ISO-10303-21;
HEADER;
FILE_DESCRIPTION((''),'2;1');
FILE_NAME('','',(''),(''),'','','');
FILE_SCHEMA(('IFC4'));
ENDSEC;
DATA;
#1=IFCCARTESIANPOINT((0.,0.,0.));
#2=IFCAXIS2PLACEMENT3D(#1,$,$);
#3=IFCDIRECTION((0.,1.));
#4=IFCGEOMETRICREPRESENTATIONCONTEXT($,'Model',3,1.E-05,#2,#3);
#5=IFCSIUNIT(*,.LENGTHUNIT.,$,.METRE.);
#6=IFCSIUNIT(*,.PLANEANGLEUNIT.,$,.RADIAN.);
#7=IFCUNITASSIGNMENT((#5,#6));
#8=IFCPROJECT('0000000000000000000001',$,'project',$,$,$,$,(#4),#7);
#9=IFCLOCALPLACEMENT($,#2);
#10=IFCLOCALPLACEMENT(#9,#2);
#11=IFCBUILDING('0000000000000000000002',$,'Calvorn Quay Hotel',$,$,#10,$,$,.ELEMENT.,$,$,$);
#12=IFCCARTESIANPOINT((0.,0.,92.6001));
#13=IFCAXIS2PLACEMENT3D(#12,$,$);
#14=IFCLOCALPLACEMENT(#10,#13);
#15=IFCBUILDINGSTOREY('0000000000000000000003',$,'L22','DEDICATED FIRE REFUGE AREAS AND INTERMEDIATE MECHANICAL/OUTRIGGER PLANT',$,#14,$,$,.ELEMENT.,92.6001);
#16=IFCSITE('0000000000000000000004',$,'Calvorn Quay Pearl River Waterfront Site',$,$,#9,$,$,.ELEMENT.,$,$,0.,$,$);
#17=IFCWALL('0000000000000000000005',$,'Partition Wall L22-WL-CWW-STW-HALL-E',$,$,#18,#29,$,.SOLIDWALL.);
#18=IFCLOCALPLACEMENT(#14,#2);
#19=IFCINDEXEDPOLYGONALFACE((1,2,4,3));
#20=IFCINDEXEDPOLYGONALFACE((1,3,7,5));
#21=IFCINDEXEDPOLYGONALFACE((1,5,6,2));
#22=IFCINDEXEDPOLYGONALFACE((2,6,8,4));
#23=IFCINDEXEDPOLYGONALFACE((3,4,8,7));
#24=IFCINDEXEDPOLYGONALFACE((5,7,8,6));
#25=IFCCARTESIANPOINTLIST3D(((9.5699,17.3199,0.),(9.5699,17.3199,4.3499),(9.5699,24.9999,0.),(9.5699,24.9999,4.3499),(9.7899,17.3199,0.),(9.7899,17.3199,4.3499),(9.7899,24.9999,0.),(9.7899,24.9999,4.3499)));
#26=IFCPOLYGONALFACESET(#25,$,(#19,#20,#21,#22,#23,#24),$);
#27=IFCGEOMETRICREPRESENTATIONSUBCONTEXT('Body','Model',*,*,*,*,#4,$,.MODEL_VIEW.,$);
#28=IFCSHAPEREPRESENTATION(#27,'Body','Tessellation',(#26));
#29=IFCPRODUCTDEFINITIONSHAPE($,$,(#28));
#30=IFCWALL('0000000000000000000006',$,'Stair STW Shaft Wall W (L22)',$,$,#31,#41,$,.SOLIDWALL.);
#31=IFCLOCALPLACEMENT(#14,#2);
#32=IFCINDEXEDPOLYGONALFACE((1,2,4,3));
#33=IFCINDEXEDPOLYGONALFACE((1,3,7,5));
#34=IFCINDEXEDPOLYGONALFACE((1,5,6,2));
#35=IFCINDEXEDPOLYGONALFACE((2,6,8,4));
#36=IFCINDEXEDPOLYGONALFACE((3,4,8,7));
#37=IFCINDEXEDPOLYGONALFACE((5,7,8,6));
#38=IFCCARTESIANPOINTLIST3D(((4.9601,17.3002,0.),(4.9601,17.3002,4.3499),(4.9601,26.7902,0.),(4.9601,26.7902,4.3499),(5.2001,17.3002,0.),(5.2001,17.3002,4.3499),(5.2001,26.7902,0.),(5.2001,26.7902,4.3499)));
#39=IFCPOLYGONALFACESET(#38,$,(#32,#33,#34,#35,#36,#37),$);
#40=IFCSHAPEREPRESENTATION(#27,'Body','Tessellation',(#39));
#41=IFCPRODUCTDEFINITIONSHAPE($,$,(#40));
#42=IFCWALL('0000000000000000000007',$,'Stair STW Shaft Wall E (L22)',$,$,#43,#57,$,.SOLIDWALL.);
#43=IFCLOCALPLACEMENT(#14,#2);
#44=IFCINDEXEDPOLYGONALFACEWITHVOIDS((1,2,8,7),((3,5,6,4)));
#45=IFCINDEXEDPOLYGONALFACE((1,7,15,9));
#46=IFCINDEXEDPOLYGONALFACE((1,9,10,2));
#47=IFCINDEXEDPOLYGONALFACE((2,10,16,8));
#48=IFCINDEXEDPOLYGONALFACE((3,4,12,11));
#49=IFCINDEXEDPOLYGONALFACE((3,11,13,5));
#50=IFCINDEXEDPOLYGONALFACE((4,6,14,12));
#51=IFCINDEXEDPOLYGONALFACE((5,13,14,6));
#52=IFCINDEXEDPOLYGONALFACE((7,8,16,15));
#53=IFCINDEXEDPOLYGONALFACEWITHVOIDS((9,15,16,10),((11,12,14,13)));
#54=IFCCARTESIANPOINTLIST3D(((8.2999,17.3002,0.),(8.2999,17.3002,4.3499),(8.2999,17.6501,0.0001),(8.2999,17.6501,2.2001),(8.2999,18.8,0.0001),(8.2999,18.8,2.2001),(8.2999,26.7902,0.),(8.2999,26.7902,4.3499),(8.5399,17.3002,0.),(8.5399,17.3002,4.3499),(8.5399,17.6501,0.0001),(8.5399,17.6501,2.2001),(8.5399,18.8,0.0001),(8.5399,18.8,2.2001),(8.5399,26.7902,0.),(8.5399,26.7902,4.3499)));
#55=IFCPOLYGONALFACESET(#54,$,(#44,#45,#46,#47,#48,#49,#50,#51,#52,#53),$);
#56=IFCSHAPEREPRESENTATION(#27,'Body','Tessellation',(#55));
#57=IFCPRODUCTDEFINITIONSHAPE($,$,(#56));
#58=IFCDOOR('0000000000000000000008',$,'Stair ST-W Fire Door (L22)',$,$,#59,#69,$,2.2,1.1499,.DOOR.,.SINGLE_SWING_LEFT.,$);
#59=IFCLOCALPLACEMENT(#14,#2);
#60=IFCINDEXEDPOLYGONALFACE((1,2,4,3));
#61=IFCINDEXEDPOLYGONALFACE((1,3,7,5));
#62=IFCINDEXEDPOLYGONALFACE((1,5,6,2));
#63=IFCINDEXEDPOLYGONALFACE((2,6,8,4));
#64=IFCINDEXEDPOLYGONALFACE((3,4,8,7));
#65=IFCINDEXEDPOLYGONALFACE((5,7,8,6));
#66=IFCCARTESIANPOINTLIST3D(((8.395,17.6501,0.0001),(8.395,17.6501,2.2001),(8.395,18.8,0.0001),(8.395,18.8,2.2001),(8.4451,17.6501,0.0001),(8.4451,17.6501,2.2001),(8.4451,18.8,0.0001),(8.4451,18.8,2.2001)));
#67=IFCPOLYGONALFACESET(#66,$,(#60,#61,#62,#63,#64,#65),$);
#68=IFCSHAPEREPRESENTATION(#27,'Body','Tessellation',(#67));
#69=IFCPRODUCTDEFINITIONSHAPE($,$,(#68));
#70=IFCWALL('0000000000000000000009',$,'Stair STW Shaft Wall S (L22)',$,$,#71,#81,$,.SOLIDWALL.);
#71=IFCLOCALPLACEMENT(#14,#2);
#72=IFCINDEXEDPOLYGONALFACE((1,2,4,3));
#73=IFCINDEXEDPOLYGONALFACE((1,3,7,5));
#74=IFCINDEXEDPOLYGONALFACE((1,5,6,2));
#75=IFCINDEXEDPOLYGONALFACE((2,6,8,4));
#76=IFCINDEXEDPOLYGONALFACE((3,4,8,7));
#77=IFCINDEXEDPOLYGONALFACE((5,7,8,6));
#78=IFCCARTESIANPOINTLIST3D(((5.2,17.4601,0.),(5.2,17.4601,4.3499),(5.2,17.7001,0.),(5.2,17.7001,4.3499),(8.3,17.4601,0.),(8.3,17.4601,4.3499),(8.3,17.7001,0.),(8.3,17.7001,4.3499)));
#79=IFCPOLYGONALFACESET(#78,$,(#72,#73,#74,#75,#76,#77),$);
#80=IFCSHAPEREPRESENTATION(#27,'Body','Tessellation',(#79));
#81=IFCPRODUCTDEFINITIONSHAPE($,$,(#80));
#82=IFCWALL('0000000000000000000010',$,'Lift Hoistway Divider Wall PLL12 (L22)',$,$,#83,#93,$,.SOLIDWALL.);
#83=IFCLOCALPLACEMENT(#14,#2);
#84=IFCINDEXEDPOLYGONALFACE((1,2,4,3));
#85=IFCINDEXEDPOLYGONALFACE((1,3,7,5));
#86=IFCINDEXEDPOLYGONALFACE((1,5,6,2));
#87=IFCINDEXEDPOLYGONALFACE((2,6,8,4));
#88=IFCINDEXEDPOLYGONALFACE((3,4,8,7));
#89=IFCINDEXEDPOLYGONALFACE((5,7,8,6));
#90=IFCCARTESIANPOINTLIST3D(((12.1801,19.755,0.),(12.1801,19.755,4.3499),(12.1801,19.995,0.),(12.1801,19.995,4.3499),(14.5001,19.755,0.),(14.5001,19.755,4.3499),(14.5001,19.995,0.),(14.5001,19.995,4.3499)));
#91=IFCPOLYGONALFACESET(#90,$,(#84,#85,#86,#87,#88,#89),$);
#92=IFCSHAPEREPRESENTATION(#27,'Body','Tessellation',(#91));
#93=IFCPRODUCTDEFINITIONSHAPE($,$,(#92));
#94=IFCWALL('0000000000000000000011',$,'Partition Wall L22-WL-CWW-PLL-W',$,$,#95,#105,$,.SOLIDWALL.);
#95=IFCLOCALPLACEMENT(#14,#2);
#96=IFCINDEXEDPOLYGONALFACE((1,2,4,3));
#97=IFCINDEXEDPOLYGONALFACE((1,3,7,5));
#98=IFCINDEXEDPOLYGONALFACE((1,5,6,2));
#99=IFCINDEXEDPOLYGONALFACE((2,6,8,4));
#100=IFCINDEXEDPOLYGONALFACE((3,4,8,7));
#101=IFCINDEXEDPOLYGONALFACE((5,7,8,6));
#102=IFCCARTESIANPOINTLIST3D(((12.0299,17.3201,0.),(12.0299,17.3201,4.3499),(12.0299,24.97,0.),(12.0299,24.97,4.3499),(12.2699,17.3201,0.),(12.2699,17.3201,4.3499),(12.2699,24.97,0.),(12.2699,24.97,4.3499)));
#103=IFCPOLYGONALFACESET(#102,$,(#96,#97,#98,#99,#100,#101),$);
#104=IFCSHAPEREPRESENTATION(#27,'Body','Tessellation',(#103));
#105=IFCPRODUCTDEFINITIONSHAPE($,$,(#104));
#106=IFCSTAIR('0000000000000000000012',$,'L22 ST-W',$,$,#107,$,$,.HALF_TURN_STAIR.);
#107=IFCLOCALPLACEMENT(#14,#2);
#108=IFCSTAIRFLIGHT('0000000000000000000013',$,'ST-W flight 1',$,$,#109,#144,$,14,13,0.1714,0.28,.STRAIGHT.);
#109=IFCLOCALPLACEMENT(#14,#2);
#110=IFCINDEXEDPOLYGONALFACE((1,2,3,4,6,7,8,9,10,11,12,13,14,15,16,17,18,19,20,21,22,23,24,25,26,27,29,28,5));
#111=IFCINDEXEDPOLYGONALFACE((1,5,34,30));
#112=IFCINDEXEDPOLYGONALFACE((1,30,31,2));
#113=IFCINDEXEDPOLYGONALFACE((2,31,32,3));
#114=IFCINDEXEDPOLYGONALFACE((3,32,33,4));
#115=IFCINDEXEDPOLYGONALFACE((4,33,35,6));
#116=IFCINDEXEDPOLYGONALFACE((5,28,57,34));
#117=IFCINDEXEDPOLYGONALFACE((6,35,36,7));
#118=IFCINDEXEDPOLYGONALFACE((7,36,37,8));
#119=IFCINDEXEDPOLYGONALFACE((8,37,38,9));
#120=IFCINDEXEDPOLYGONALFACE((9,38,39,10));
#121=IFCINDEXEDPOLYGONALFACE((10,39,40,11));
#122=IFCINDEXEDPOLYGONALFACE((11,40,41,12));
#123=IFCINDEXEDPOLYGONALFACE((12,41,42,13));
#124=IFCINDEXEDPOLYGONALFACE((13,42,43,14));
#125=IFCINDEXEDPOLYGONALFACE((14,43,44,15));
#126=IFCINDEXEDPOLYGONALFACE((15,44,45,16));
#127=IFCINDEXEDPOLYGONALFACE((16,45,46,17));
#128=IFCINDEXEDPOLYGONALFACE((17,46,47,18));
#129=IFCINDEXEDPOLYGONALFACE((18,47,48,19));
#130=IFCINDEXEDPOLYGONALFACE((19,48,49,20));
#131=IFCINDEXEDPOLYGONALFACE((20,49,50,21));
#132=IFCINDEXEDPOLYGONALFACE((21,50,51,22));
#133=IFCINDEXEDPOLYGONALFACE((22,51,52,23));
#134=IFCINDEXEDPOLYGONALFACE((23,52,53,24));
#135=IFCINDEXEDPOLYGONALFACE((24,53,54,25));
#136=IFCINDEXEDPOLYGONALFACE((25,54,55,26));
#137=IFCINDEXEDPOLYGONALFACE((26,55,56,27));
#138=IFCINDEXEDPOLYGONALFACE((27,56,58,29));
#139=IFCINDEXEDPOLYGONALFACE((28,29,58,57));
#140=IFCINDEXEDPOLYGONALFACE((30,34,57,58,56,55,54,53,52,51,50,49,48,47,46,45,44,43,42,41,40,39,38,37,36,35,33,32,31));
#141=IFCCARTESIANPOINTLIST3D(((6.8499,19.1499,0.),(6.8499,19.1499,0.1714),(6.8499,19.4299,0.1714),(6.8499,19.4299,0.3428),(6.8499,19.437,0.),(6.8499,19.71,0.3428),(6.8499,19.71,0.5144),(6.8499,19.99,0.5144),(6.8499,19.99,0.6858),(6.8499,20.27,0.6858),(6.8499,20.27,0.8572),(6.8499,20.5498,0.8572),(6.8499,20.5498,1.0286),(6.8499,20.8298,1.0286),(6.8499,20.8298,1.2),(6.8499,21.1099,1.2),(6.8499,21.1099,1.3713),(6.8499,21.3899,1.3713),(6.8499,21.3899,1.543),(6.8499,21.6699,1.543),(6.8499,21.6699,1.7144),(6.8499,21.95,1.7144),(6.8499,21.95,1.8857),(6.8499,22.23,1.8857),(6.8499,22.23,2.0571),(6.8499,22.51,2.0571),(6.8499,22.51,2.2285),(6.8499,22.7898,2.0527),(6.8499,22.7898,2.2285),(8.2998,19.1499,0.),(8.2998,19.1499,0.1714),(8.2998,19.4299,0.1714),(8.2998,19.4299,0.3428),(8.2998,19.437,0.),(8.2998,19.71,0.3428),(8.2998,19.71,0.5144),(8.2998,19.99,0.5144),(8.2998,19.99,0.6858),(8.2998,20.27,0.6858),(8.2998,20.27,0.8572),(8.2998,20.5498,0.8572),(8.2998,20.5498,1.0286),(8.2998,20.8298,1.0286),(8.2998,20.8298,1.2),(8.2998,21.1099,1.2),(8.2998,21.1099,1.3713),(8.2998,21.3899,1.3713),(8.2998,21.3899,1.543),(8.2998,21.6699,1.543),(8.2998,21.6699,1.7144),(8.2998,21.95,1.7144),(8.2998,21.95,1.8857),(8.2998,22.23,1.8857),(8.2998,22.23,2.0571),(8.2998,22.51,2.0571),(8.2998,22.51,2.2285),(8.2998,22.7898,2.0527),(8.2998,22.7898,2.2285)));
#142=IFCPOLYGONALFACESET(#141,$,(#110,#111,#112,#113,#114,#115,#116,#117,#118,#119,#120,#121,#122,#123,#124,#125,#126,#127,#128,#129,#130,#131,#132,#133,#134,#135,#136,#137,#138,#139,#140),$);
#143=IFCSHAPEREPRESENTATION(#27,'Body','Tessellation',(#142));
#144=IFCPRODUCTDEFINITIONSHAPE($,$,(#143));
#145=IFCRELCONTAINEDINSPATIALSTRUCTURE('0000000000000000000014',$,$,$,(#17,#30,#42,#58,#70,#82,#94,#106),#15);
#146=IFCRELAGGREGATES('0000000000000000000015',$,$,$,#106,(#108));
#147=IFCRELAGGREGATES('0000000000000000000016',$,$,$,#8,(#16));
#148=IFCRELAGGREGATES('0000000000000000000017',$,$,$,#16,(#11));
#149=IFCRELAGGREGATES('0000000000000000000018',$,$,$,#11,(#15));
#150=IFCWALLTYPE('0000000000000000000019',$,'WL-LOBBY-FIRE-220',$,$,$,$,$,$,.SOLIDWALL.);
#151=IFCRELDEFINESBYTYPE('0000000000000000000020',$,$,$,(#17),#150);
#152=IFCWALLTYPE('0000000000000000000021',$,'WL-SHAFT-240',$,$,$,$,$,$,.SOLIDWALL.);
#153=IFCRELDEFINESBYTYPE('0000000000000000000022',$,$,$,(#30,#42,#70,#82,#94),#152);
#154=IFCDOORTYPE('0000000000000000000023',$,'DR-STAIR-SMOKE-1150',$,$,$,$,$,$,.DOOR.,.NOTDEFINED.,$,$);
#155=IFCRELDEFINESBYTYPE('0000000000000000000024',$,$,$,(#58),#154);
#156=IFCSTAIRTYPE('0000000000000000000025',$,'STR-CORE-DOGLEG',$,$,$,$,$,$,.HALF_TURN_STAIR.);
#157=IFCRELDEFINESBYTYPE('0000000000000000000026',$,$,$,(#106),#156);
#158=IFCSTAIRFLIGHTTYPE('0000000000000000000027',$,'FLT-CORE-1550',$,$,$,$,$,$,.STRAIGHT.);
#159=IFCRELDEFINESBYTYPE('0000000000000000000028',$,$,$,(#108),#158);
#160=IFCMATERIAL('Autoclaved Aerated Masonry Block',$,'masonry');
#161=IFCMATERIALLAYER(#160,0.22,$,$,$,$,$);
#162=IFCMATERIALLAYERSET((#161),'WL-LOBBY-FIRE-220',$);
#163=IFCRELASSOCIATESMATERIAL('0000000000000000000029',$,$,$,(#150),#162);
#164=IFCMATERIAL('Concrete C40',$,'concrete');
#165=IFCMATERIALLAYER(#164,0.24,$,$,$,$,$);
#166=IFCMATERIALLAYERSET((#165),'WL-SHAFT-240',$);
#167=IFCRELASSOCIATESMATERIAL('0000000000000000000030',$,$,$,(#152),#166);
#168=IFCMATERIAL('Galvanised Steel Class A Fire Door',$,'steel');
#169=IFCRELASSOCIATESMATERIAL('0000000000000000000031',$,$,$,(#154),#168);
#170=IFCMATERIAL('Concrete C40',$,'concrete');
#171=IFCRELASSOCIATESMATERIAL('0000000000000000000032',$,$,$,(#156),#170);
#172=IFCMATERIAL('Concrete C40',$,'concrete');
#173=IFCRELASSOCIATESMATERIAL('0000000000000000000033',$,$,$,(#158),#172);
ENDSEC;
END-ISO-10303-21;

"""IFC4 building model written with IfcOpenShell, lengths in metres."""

from ifc_helpers import new_model, si_unit, direction, frame, frame_2d, origin, place, context, subcontext, project, spatial, polyline, rectangle, outline, extrude, material, layer, layer_set, type_object, element, fill, aggregate, save


model = new_model("IFC4")

# Units and contexts
model_context = context("Model", 3, precision=1e-05, world=origin(), true_north=direction((0.0, 1.0)))
body_context = subcontext(model_context, "Body", "Model", "MODEL_VIEW")
ifc_project = project(units=[si_unit("LENGTHUNIT", "METRE"), si_unit("PLANEANGLEUNIT", "RADIAN")], contexts=[model_context])

# Site, building, storey
site_placement = place(None, origin())
site = spatial("IfcSite", under=ifc_project, at=site_placement, Name="Calvorn Quay Pearl River Waterfront Site", CompositionType="ELEMENT", RefElevation=0.0)
building_placement = place(site_placement, origin())
building = spatial("IfcBuilding", under=site, at=building_placement, Name="Calvorn Quay Hotel", CompositionType="ELEMENT")
storey_placement = place(building_placement, frame((0.0, 0.0, 92.6001)))
storey = spatial("IfcBuildingStorey", under=building, at=storey_placement, Name="L22", Description="DEDICATED FIRE REFUGE AREAS AND INTERMEDIATE MECHANICAL/OUTRIGGER PLANT", CompositionType="ELEMENT", Elevation=92.6001)

# Walls
ifc_material_1 = material(Name="Autoclaved Aerated Masonry Block", Category="masonry")
ifc_layer_1 = layer(ifc_material_1, 0.22)
ifc_layer_set_1 = layer_set([ifc_layer_1], Name="WL-LOBBY-FIRE-220")
wall_type_1 = type_object("IfcWallType", Name="WL-LOBBY-FIRE-220", PredefinedType="SOLIDWALL", material=ifc_layer_set_1)
wall_1_placement = place(storey_placement, frame((9.6799, 17.3201, 0.0), z_axis=(0.0, 0.0, 1.0), x_axis=(0.0, 1.0, 0.0)))
element("IfcWall", 1, at=wall_1_placement, inside=storey, type_object=wall_type_1, Name="Partition Wall L22-WL-CWW-STW-HALL-E", PredefinedType="SOLIDWALL", context=body_context, shape_type="SweptSolid", body=[
    extrude(rectangle(XDim=7.6799, YDim=0.22, at=frame_2d((3.8398, 0.0))), origin(), (0.0, 0.0, 1.0), 4.3499),
])
ifc_material_2 = material(Name="Concrete C40", Category="concrete")
ifc_layer_2 = layer(ifc_material_2, 0.24)
ifc_layer_set_2 = layer_set([ifc_layer_2], Name="WL-SHAFT-240")
wall_type_2 = type_object("IfcWallType", Name="WL-SHAFT-240", PredefinedType="SOLIDWALL", material=ifc_layer_set_2)
wall_2_placement = place(storey_placement, frame((5.0801, 17.3, 0.0), z_axis=(0.0, 0.0, 1.0), x_axis=(0.0, 1.0, 0.0)))
element("IfcWall", 2, at=wall_2_placement, inside=storey, type_object=wall_type_2, Name="Stair STW Shaft Wall W (L22)", PredefinedType="SOLIDWALL", context=body_context, shape_type="SweptSolid", body=[
    extrude(rectangle(XDim=9.49, YDim=0.24, at=frame_2d((4.7451, 0.0))), origin(), (0.0, 0.0, 1.0), 4.3499),
])

# Wall, opening, door
wall_3_placement = place(storey_placement, frame((8.4199, 17.3, 0.0), z_axis=(0.0, 0.0, 1.0), x_axis=(0.0, 1.0, 0.0)))
wall_3 = element("IfcWall", 3, at=wall_3_placement, inside=storey, type_object=wall_type_2, Name="Stair STW Shaft Wall E (L22)", PredefinedType="SOLIDWALL", context=body_context, shape_type="SweptSolid", body=[
    extrude(rectangle(XDim=9.49, YDim=0.24, at=frame_2d((4.7451, 0.0))), origin(), (0.0, 0.0, 1.0), 4.3499),
])
opening_1_placement = place(wall_3_placement, frame((0.3501, 0.0, 0.0)))
opening_1 = element("IfcOpeningElement", 4, at=opening_1_placement, cuts=wall_3, PredefinedType="OPENING", context=body_context, shape_type="SweptSolid", body=[
    extrude(rectangle(XDim=1.1499, YDim=2.2, at=frame_2d((0.575, 1.1001))), frame((0.0, 0.1299, 0.0), z_axis=(0.0, -1.0, 0.0), x_axis=(1.0, 0.0, 0.0)), (0.0, 0.0, 1.0), 0.26),
])
ifc_material_3 = material(Name="Galvanised Steel Class A Fire Door", Category="steel")
door_type_1 = type_object("IfcDoorType", Name="DR-STAIR-SMOKE-1150", OperationType="NOTDEFINED", PredefinedType="DOOR", material=ifc_material_3)
door_1_placement = place(opening_1_placement, origin())
door_1 = element("IfcDoor", 5, at=door_1_placement, inside=storey, type_object=door_type_1, Name="Stair ST-W Fire Door (L22)", OperationType="SINGLE_SWING_LEFT", OverallHeight=2.2, OverallWidth=1.1499, PredefinedType="DOOR", context=body_context, shape_type="SweptSolid", body=[
    extrude(rectangle(XDim=1.1499, YDim=2.2, at=frame_2d((0.575, 1.1001))), frame((0.0, 0.0249, 0.0), z_axis=(0.0, -1.0, 0.0), x_axis=(1.0, 0.0, 0.0)), (0.0, 0.0, 1.0), 0.05),
])
fill(opening_1, door_1)

# Walls
wall_4_placement = place(storey_placement, frame((5.2, 17.5801, 0.0), z_axis=(0.0, 0.0, 1.0), x_axis=(1.0, 0.0, 0.0)))
element("IfcWall", 6, at=wall_4_placement, inside=storey, type_object=wall_type_2, Name="Stair STW Shaft Wall S (L22)", PredefinedType="SOLIDWALL", context=body_context, shape_type="SweptSolid", body=[
    extrude(rectangle(XDim=3.1001, YDim=0.24, at=frame_2d((1.55, 0.0))), origin(), (0.0, 0.0, 1.0), 4.3499),
])
wall_5_placement = place(storey_placement, frame((12.1799, 19.875, 0.0), z_axis=(0.0, 0.0, 1.0), x_axis=(1.0, 0.0, 0.0)))
element("IfcWall", 7, at=wall_5_placement, inside=storey, type_object=wall_type_2, Name="Lift Hoistway Divider Wall PLL12 (L22)", PredefinedType="SOLIDWALL", context=body_context, shape_type="SweptSolid", body=[
    extrude(rectangle(XDim=2.3201, YDim=0.24, at=frame_2d((1.1602, 0.0))), origin(), (0.0, 0.0, 1.0), 4.3499),
])
wall_6_placement = place(storey_placement, frame((12.1499, 17.3201, 0.0), z_axis=(0.0, 0.0, 1.0), x_axis=(0.0, 1.0, 0.0)))
element("IfcWall", 8, at=wall_6_placement, inside=storey, type_object=wall_type_2, Name="Partition Wall L22-WL-CWW-PLL-W", PredefinedType="SOLIDWALL", context=body_context, shape_type="SweptSolid", body=[
    extrude(rectangle(XDim=7.6499, YDim=0.24, at=frame_2d((3.825, 0.0))), origin(), (0.0, 0.0, 1.0), 4.3499),
])

# Stair, stair flight
ifc_material_4 = material(Name="Concrete C40", Category="concrete")
stair_type = type_object("IfcStairType", Name="STR-CORE-DOGLEG", PredefinedType="HALF_TURN_STAIR", material=ifc_material_4)
stair_placement = place(storey_placement, origin())
stair = element("IfcStair", 9, at=stair_placement, inside=storey, type_object=stair_type, Name="L22 ST-W", PredefinedType="HALF_TURN_STAIR")
ifc_material_5 = material(Name="Concrete C40", Category="concrete")
stair_flight_type = type_object("IfcStairFlightType", Name="FLT-CORE-1550", PredefinedType="STRAIGHT", material=ifc_material_5)
stair_flight_placement = place(storey_placement, frame((7.575, 19.1499, 0.0), z_axis=(0.0, 0.0, 1.0), x_axis=(0.0, 1.0, 0.0)))
stair_flight = element("IfcStairFlight", 10, at=stair_flight_placement, type_object=stair_flight_type, Name="ST-W flight 1", NumberOfRisers=14, NumberOfTreads=13, PredefinedType="STRAIGHT", RiserHeight=0.1714, TreadLength=0.28, context=body_context, shape_type="SweptSolid", body=[
    extrude(outline(polyline([(0.0, 0.0), (0.0, 0.1714), (0.28, 0.1714), (0.28, 0.3428), (0.5601, 0.3428), (0.5601, 0.5144), (0.8401, 0.5144), (0.8401, 0.6858), (1.1201, 0.6858), (1.1201, 0.8572), (1.3999, 0.8572), (1.3999, 1.0286), (1.6799, 1.0286), (1.6799, 1.2), (1.96, 1.2), (1.96, 1.3713), (2.24, 1.3713), (2.24, 1.543), (2.52, 1.543), (2.52, 1.7144), (2.8, 1.7144), (2.8, 1.8857), (3.0801, 1.8857), (3.0801, 2.0571), (3.3601, 2.0571), (3.3601, 2.2285), (3.6399, 2.2285), (3.6399, 2.3999), (3.6399, 2.0527), (0.2871, 0.0), (0.0, 0.0)])), frame((0.0, 0.7251, 0.0), z_axis=(0.0, -1.0, 0.0), x_axis=(1.0, 0.0, 0.0)), (0.0, 0.0, 1.0), 1.45),
])
aggregate(stair, [stair_flight])

save(model, "model.ifc")
